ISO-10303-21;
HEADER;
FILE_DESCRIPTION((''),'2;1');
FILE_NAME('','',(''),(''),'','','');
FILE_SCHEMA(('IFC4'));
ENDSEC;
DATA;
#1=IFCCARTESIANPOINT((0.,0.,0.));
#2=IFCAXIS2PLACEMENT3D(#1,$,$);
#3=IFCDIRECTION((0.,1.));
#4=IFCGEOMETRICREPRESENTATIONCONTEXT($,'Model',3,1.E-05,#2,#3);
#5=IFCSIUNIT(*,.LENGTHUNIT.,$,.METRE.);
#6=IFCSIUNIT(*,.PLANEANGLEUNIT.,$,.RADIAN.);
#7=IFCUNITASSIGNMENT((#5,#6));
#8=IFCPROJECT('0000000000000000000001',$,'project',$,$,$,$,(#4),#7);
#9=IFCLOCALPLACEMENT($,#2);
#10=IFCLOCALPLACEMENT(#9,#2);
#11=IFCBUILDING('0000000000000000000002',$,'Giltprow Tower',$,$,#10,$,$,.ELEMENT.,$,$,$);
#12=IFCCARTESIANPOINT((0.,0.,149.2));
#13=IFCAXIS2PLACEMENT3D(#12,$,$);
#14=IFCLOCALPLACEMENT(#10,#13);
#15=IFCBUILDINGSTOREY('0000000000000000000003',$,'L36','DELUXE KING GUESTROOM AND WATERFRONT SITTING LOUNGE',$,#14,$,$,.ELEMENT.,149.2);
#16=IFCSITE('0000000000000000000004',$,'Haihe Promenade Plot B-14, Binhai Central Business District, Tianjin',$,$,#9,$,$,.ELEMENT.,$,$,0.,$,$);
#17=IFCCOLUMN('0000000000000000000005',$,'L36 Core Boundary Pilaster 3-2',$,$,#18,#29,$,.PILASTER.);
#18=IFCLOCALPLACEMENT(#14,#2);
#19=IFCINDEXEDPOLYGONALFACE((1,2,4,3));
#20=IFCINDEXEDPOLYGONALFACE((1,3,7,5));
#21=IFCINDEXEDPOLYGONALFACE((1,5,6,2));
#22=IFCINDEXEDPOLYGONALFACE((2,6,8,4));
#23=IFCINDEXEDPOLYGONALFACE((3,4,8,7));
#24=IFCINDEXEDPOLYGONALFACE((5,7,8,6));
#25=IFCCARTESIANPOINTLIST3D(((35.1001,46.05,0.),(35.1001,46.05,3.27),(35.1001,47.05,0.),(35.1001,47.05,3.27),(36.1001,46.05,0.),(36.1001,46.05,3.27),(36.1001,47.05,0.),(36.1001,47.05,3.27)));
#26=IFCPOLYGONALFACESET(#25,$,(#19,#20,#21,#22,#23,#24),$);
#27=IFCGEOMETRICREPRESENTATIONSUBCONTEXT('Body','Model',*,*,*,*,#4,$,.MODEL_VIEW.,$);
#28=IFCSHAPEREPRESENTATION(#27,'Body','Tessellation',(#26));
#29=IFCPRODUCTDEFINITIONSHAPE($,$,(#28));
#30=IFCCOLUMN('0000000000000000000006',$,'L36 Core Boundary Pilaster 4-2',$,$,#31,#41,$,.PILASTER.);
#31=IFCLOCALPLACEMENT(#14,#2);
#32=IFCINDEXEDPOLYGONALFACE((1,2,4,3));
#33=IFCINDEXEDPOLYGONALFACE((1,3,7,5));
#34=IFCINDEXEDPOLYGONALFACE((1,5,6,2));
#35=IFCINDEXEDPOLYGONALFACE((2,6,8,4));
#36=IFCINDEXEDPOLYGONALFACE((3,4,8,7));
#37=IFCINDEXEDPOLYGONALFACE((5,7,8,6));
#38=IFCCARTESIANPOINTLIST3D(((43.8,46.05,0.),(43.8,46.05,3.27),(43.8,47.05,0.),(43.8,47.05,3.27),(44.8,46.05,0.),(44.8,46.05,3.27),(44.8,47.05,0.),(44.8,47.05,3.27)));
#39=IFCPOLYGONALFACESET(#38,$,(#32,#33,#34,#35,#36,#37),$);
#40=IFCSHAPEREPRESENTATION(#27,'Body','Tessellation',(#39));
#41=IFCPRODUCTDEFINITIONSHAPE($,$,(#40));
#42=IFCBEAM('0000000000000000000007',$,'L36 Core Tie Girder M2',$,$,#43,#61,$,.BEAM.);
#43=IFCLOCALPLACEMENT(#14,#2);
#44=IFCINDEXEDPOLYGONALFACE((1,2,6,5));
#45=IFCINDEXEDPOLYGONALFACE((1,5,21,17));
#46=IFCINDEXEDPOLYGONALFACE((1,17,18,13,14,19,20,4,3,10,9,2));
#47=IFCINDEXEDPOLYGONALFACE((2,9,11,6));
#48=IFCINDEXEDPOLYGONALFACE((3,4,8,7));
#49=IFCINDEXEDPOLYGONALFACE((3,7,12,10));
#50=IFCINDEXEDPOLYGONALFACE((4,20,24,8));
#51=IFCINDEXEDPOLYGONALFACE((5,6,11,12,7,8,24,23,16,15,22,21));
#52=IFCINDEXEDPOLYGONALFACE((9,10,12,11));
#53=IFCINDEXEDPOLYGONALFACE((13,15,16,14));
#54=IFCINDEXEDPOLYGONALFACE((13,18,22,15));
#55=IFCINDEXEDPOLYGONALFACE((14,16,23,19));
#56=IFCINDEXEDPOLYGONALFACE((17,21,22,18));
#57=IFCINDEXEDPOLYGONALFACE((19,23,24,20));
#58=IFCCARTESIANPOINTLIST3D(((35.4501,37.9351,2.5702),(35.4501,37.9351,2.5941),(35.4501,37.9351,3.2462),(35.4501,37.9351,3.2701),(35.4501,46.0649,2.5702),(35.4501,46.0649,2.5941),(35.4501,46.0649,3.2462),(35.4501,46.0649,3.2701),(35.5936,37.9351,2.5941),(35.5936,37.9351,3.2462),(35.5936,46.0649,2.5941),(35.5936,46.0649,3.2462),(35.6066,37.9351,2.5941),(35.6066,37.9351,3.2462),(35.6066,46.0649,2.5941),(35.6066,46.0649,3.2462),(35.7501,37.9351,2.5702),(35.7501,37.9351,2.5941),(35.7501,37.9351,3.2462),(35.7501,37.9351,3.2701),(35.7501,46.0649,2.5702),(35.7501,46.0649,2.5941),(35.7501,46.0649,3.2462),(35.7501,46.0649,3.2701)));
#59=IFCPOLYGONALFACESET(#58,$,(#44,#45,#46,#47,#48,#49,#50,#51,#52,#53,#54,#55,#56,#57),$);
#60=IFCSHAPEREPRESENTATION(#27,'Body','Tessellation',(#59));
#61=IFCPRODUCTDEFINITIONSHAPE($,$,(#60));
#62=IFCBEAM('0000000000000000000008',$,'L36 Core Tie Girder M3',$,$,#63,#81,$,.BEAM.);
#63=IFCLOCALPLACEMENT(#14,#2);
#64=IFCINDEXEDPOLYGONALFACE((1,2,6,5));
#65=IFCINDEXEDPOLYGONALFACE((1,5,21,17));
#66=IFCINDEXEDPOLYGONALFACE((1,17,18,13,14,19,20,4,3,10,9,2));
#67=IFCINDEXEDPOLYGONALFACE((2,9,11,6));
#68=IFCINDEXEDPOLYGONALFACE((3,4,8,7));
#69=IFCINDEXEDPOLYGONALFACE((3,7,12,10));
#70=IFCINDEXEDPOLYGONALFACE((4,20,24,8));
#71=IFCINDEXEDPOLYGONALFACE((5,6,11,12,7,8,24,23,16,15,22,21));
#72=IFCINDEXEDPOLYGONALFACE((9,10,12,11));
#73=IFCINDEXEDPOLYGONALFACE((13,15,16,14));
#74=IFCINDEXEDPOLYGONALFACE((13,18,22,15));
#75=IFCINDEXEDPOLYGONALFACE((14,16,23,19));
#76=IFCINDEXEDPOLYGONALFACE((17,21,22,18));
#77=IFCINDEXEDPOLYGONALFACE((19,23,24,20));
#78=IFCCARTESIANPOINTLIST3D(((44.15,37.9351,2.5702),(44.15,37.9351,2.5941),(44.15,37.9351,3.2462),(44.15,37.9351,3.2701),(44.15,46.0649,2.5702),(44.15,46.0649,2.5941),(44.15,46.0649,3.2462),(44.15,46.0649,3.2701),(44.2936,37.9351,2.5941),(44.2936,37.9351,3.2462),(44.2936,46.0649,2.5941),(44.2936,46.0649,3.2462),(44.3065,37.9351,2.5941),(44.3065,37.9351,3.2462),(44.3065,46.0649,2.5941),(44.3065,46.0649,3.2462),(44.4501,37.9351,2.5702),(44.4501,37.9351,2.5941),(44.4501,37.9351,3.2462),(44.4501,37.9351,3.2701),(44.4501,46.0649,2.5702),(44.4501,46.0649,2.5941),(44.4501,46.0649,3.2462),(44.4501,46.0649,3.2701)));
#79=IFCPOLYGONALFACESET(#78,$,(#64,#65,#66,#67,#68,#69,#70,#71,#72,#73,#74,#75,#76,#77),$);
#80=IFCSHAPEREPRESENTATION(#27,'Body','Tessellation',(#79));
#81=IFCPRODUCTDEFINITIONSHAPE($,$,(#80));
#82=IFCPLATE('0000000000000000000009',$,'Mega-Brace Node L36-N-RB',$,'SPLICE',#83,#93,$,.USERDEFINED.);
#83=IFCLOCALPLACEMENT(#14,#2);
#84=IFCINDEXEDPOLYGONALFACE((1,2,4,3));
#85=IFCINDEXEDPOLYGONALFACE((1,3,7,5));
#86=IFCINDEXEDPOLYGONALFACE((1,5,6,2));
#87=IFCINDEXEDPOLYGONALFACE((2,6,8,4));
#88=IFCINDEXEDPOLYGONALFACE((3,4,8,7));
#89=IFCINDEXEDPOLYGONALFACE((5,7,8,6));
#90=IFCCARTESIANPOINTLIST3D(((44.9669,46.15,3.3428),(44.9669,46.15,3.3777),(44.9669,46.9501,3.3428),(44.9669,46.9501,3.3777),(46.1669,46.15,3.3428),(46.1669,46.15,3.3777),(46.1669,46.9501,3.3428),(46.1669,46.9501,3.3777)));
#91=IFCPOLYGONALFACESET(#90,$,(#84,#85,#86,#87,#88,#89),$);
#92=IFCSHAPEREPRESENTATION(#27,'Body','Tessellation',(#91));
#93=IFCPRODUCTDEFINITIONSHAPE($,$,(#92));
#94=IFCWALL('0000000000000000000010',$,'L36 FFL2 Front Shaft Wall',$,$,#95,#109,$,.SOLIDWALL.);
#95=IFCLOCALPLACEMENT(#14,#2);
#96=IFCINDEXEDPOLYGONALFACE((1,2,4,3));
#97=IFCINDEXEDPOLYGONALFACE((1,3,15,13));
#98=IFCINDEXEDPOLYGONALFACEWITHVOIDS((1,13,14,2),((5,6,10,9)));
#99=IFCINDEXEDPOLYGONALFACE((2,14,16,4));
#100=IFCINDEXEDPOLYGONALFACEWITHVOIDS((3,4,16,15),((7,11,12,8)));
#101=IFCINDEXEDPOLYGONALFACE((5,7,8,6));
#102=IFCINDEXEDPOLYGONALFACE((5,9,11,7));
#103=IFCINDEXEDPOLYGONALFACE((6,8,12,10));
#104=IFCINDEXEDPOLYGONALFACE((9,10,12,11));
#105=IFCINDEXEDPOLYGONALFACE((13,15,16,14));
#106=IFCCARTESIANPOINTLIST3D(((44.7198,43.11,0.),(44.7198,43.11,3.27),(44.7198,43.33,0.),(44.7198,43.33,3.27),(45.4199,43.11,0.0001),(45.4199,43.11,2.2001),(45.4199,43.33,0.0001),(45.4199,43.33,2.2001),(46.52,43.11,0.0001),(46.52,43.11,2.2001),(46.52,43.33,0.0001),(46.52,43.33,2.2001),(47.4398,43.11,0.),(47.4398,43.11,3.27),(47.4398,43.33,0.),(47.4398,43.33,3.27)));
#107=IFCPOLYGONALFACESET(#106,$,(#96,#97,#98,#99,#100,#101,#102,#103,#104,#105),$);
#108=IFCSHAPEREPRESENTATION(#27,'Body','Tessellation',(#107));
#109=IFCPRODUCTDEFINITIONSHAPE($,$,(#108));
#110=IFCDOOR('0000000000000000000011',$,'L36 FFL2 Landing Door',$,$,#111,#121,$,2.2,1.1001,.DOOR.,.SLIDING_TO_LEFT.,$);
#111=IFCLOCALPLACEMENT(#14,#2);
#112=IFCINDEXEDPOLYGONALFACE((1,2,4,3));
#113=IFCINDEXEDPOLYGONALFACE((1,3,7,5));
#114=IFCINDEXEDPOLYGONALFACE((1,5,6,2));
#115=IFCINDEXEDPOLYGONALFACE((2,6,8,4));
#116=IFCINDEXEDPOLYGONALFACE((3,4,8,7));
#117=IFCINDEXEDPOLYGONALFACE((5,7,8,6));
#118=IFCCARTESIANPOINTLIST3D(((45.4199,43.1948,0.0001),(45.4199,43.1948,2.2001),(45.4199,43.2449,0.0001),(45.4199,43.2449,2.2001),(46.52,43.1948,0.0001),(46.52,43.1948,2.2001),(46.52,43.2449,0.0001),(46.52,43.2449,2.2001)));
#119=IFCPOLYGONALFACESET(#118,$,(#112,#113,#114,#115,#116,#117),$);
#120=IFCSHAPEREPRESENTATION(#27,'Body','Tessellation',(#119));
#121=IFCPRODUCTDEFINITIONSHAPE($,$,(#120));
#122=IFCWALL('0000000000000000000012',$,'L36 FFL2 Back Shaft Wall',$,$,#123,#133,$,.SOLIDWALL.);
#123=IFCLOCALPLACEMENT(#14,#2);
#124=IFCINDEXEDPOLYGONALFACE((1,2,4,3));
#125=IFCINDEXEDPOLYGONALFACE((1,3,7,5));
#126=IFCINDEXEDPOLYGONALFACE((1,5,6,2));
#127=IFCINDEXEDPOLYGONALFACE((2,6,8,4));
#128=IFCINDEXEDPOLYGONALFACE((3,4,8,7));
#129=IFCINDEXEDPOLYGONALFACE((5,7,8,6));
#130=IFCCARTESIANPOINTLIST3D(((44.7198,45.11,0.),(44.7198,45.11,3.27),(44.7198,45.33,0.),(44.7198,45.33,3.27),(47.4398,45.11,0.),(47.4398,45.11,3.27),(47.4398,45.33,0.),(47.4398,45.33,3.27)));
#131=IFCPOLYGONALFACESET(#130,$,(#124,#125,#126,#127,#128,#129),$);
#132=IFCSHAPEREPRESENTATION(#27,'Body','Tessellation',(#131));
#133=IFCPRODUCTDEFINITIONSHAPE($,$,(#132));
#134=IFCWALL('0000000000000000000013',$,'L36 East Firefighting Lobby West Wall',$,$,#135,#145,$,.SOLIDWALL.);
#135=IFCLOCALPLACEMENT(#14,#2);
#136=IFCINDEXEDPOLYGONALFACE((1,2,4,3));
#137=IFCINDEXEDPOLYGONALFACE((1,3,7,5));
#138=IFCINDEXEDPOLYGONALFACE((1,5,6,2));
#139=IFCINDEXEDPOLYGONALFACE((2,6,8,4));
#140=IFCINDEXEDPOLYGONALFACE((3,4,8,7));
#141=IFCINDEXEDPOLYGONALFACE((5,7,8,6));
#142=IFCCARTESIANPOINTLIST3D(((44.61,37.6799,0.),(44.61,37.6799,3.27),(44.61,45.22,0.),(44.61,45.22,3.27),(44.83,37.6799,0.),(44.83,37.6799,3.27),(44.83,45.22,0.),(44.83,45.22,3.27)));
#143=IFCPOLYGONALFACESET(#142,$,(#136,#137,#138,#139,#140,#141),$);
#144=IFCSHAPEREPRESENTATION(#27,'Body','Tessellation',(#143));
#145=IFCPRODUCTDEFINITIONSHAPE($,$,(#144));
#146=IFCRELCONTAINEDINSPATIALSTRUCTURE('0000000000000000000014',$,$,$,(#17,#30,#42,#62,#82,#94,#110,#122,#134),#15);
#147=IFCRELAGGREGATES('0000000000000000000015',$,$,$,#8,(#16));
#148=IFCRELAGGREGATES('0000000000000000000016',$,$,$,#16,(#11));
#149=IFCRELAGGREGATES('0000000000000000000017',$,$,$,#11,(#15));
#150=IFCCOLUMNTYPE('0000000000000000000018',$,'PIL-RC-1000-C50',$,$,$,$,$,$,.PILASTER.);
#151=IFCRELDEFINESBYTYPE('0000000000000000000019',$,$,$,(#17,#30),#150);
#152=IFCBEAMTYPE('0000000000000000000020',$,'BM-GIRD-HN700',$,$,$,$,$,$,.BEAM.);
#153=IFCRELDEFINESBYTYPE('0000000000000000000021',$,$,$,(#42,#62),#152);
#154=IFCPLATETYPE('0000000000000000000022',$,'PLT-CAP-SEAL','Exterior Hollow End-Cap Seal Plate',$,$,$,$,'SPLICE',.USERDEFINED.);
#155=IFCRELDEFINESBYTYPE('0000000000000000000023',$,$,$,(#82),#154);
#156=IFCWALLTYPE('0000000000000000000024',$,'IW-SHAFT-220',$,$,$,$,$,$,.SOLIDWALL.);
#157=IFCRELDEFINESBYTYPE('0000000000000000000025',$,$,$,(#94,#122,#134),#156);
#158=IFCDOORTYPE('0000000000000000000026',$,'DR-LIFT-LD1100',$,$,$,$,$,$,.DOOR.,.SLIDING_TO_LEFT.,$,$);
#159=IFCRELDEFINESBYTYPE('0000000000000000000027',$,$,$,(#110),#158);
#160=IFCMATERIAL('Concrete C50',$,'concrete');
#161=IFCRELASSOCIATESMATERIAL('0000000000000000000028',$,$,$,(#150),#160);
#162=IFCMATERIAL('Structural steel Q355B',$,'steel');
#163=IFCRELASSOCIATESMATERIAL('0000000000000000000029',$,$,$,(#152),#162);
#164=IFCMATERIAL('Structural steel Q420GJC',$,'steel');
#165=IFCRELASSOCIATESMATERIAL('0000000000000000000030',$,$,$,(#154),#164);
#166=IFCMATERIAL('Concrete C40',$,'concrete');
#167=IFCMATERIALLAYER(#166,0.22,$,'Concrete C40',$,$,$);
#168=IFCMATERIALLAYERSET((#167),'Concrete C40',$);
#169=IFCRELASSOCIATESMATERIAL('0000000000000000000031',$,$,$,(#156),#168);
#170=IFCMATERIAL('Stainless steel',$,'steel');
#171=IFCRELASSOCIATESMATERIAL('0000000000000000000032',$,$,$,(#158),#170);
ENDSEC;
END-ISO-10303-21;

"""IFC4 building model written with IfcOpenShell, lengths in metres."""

from ifc_helpers import new_model, si_unit, direction, frame, frame_2d, origin, origin_2d, place, context, subcontext, project, spatial, rectangle, i_section, extrude, source, transform, mapped, material, layer, layer_set, material_profile, profile_set, type_object, element, fill, save


model = new_model("IFC4")

# Units and contexts
model_context = context("Model", 3, precision=1e-05, world=origin(), true_north=direction((0.0, 1.0)))
body_context = subcontext(model_context, "Body", "Model", "MODEL_VIEW")
ifc_project = project(units=[si_unit("LENGTHUNIT", "METRE"), si_unit("PLANEANGLEUNIT", "RADIAN")], contexts=[model_context])

# Site, building, storey
site_placement = place(None, origin())
site = spatial("IfcSite", under=ifc_project, at=site_placement, Name="Haihe Promenade Plot B-14, Binhai Central Business District, Tianjin", CompositionType="ELEMENT", RefElevation=0.0)
building_placement = place(site_placement, origin())
building = spatial("IfcBuilding", under=site, at=building_placement, Name="Giltprow Tower", CompositionType="ELEMENT")
storey_placement = place(building_placement, frame((0.0, 0.0, 149.2)))
storey = spatial("IfcBuildingStorey", under=building, at=storey_placement, Name="L36", Description="DELUXE KING GUESTROOM AND WATERFRONT SITTING LOUNGE", CompositionType="ELEMENT", Elevation=149.2)

# Columns
ifc_material_1 = material(Name="Concrete C50", Category="concrete")
ifc_material_profile_1 = material_profile(ifc_material_1, rectangle(XDim=1.0, YDim=1.0, at=origin_2d()), Name="RC 1000x1000")
ifc_profile_set_1 = profile_set([ifc_material_profile_1], Name="Concrete C50")
column_type = type_object("IfcColumnType", Name="PIL-RC-1000-C50", PredefinedType="PILASTER", material=ifc_profile_set_1)
shared_shape_1 = source(origin(), body_context, "Body", "SweptSolid", [
    extrude(rectangle(XDim=1.0, YDim=1.0, at=origin_2d()), origin(), (0.0, 0.0, 1.0), 3.27),
])
for number, where, z_axis, x_axis, name in (
    (1, (35.6001, 46.55, 0.0), (0.0, 0.0, 1.0), (1.0, 0.0, 0.0), "L36 Core Boundary Pilaster 3-2"),
    (2, (44.3, 46.55, 0.0), (0.0, 0.0, 1.0), (1.0, 0.0, 0.0), "L36 Core Boundary Pilaster 4-2"),
):
    element("IfcColumn", number, at=place(storey_placement, frame(where, z_axis=z_axis, x_axis=x_axis)), inside=storey, type_object=column_type, Name=name, PredefinedType="PILASTER", context=body_context, shape_type="MappedRepresentation", body=[
        mapped(shared_shape_1, transform((0.0, 0.0, 0.0), x_axis=(1.0, 0.0, 0.0), y_axis=(0.0, 1.0, 0.0), z_axis=(0.0, 0.0, 1.0), scale=1.0)),
    ])

# Beams
ifc_material_2 = material(Name="Structural steel Q355B", Category="steel")
ifc_material_profile_2 = material_profile(ifc_material_2, i_section(OverallWidth=0.3, OverallDepth=0.7, WebThickness=0.0129, FlangeThickness=0.0239, at=origin_2d()), Name="HN 700x300x13x24")
ifc_profile_set_2 = profile_set([ifc_material_profile_2], Name="Structural steel Q355B")
beam_type = type_object("IfcBeamType", Name="BM-GIRD-HN700", PredefinedType="BEAM", material=ifc_profile_set_2)
shared_shape_2 = source(origin(), body_context, "Body", "SweptSolid", [
    extrude(i_section(OverallWidth=0.3, OverallDepth=0.7, WebThickness=0.0129, FlangeThickness=0.0239, at=origin_2d()), origin(), (0.0, 0.0, 1.0), 8.1299),
])
for number, where, z_axis, x_axis, name in (
    (3, (35.6001, 37.9351, 2.9202), (0.0, 1.0, 0.0), (-1.0, 0.0, 0.0), "L36 Core Tie Girder M2"),
    (4, (44.3, 37.9351, 2.9202), (0.0, 1.0, 0.0), (-1.0, 0.0, 0.0), "L36 Core Tie Girder M3"),
):
    element("IfcBeam", number, at=place(storey_placement, frame(where, z_axis=z_axis, x_axis=x_axis)), inside=storey, type_object=beam_type, Name=name, PredefinedType="BEAM", context=body_context, shape_type="MappedRepresentation", body=[
        mapped(shared_shape_2, transform((0.0, 0.0, 0.0), x_axis=(1.0, 0.0, 0.0), y_axis=(0.0, 1.0, 0.0), z_axis=(0.0, 0.0, 1.0), scale=1.0)),
    ])

# Plate
ifc_material_3 = material(Name="Structural steel Q420GJC", Category="steel")
plate_type = type_object("IfcPlateType", Name="PLT-CAP-SEAL", Description="Exterior Hollow End-Cap Seal Plate", ElementType="SPLICE", PredefinedType="USERDEFINED", material=ifc_material_3)
shared_shape_3 = source(origin(), body_context, "Body", "SweptSolid", [
    extrude(rectangle(XDim=1.2, YDim=0.8, at=origin_2d()), origin(), (0.0, 0.0, 1.0), 0.0349),
])
plate_placement = place(storey_placement, frame((45.5669, 46.55, 3.3428), z_axis=(0.0, 0.0, 1.0), x_axis=(1.0, 0.0, 0.0)))
element("IfcPlate", 5, at=plate_placement, inside=storey, type_object=plate_type, Name="Mega-Brace Node L36-N-RB", ObjectType="SPLICE", PredefinedType="USERDEFINED", context=body_context, shape_type="MappedRepresentation", body=[
    mapped(shared_shape_3, transform((0.0, 0.0, 0.0), x_axis=(1.0, 0.0, 0.0), y_axis=(0.0, 1.0, 0.0), z_axis=(0.0, 0.0, 1.0), scale=1.0)),
])

# Wall, opening, door
ifc_material_4 = material(Name="Concrete C40", Category="concrete")
ifc_layer_1 = layer(ifc_material_4, 0.22, Name="Concrete C40")
ifc_layer_set_1 = layer_set([ifc_layer_1], Name="Concrete C40")
wall_type_1 = type_object("IfcWallType", Name="IW-SHAFT-220", PredefinedType="SOLIDWALL", material=ifc_layer_set_1)
wall_1_placement = place(storey_placement, frame((44.72, 43.22, 0.0), z_axis=(0.0, 0.0, 1.0), x_axis=(1.0, 0.0, 0.0)))
wall_1 = element("IfcWall", 6, at=wall_1_placement, inside=storey, type_object=wall_type_1, Name="L36 FFL2 Front Shaft Wall", PredefinedType="SOLIDWALL", context=body_context, shape_type="SweptSolid", body=[
    extrude(rectangle(XDim=2.72, YDim=0.22, at=frame_2d((1.3599, 0.0))), origin(), (0.0, 0.0, 1.0), 3.27),
])
opening_1_placement = place(wall_1_placement, frame((0.7, 0.0, 0.0)))
opening_1 = element("IfcOpeningElement", 7, at=opening_1_placement, cuts=wall_1, PredefinedType="OPENING", context=body_context, shape_type="SweptSolid", body=[
    extrude(rectangle(XDim=1.1001, YDim=2.2, at=frame_2d((0.55, 1.1001))), frame((0.0, 0.1199, 0.0), z_axis=(0.0, -1.0, 0.0), x_axis=(1.0, 0.0, 0.0)), (0.0, 0.0, 1.0), 0.24),
])
ifc_material_5 = material(Name="Stainless steel", Category="steel")
door_type = type_object("IfcDoorType", Name="DR-LIFT-LD1100", OperationType="SLIDING_TO_LEFT", PredefinedType="DOOR", material=ifc_material_5)
shared_shape_4 = source(origin(), body_context, "Body", "SweptSolid", [
    extrude(rectangle(XDim=1.1001, YDim=2.2, at=frame_2d((0.55, 1.1001))), frame((0.0, 0.0249, 0.0), z_axis=(0.0, -1.0, 0.0), x_axis=(1.0, 0.0, 0.0)), (0.0, 0.0, 1.0), 0.05),
])
door_1_placement = place(opening_1_placement, origin())
door_1 = element("IfcDoor", 8, at=door_1_placement, inside=storey, type_object=door_type, Name="L36 FFL2 Landing Door", OperationType="SLIDING_TO_LEFT", OverallHeight=2.2, OverallWidth=1.1001, PredefinedType="DOOR", context=body_context, shape_type="MappedRepresentation", body=[
    mapped(shared_shape_4, transform((0.0, 0.0, 0.0), x_axis=(1.0, 0.0, 0.0), y_axis=(0.0, 1.0, 0.0), z_axis=(0.0, 0.0, 1.0), scale=1.0)),
])
fill(opening_1, door_1)

# Walls
wall_2_placement = place(storey_placement, frame((44.72, 45.22, 0.0), z_axis=(0.0, 0.0, 1.0), x_axis=(1.0, 0.0, 0.0)))
element("IfcWall", 9, at=wall_2_placement, inside=storey, type_object=wall_type_1, Name="L36 FFL2 Back Shaft Wall", PredefinedType="SOLIDWALL", context=body_context, shape_type="SweptSolid", body=[
    extrude(rectangle(XDim=2.72, YDim=0.22, at=frame_2d((1.3599, 0.0))), origin(), (0.0, 0.0, 1.0), 3.27),
])
wall_3_placement = place(storey_placement, frame((44.72, 37.6799, 0.0), z_axis=(0.0, 0.0, 1.0), x_axis=(0.0, 1.0, 0.0)))
element("IfcWall", 10, at=wall_3_placement, inside=storey, type_object=wall_type_1, Name="L36 East Firefighting Lobby West Wall", PredefinedType="SOLIDWALL", context=body_context, shape_type="SweptSolid", body=[
    extrude(rectangle(XDim=7.54, YDim=0.22, at=frame_2d((3.77, 0.0))), origin(), (0.0, 0.0, 1.0), 3.27),
])

save(model, "model.ifc")
